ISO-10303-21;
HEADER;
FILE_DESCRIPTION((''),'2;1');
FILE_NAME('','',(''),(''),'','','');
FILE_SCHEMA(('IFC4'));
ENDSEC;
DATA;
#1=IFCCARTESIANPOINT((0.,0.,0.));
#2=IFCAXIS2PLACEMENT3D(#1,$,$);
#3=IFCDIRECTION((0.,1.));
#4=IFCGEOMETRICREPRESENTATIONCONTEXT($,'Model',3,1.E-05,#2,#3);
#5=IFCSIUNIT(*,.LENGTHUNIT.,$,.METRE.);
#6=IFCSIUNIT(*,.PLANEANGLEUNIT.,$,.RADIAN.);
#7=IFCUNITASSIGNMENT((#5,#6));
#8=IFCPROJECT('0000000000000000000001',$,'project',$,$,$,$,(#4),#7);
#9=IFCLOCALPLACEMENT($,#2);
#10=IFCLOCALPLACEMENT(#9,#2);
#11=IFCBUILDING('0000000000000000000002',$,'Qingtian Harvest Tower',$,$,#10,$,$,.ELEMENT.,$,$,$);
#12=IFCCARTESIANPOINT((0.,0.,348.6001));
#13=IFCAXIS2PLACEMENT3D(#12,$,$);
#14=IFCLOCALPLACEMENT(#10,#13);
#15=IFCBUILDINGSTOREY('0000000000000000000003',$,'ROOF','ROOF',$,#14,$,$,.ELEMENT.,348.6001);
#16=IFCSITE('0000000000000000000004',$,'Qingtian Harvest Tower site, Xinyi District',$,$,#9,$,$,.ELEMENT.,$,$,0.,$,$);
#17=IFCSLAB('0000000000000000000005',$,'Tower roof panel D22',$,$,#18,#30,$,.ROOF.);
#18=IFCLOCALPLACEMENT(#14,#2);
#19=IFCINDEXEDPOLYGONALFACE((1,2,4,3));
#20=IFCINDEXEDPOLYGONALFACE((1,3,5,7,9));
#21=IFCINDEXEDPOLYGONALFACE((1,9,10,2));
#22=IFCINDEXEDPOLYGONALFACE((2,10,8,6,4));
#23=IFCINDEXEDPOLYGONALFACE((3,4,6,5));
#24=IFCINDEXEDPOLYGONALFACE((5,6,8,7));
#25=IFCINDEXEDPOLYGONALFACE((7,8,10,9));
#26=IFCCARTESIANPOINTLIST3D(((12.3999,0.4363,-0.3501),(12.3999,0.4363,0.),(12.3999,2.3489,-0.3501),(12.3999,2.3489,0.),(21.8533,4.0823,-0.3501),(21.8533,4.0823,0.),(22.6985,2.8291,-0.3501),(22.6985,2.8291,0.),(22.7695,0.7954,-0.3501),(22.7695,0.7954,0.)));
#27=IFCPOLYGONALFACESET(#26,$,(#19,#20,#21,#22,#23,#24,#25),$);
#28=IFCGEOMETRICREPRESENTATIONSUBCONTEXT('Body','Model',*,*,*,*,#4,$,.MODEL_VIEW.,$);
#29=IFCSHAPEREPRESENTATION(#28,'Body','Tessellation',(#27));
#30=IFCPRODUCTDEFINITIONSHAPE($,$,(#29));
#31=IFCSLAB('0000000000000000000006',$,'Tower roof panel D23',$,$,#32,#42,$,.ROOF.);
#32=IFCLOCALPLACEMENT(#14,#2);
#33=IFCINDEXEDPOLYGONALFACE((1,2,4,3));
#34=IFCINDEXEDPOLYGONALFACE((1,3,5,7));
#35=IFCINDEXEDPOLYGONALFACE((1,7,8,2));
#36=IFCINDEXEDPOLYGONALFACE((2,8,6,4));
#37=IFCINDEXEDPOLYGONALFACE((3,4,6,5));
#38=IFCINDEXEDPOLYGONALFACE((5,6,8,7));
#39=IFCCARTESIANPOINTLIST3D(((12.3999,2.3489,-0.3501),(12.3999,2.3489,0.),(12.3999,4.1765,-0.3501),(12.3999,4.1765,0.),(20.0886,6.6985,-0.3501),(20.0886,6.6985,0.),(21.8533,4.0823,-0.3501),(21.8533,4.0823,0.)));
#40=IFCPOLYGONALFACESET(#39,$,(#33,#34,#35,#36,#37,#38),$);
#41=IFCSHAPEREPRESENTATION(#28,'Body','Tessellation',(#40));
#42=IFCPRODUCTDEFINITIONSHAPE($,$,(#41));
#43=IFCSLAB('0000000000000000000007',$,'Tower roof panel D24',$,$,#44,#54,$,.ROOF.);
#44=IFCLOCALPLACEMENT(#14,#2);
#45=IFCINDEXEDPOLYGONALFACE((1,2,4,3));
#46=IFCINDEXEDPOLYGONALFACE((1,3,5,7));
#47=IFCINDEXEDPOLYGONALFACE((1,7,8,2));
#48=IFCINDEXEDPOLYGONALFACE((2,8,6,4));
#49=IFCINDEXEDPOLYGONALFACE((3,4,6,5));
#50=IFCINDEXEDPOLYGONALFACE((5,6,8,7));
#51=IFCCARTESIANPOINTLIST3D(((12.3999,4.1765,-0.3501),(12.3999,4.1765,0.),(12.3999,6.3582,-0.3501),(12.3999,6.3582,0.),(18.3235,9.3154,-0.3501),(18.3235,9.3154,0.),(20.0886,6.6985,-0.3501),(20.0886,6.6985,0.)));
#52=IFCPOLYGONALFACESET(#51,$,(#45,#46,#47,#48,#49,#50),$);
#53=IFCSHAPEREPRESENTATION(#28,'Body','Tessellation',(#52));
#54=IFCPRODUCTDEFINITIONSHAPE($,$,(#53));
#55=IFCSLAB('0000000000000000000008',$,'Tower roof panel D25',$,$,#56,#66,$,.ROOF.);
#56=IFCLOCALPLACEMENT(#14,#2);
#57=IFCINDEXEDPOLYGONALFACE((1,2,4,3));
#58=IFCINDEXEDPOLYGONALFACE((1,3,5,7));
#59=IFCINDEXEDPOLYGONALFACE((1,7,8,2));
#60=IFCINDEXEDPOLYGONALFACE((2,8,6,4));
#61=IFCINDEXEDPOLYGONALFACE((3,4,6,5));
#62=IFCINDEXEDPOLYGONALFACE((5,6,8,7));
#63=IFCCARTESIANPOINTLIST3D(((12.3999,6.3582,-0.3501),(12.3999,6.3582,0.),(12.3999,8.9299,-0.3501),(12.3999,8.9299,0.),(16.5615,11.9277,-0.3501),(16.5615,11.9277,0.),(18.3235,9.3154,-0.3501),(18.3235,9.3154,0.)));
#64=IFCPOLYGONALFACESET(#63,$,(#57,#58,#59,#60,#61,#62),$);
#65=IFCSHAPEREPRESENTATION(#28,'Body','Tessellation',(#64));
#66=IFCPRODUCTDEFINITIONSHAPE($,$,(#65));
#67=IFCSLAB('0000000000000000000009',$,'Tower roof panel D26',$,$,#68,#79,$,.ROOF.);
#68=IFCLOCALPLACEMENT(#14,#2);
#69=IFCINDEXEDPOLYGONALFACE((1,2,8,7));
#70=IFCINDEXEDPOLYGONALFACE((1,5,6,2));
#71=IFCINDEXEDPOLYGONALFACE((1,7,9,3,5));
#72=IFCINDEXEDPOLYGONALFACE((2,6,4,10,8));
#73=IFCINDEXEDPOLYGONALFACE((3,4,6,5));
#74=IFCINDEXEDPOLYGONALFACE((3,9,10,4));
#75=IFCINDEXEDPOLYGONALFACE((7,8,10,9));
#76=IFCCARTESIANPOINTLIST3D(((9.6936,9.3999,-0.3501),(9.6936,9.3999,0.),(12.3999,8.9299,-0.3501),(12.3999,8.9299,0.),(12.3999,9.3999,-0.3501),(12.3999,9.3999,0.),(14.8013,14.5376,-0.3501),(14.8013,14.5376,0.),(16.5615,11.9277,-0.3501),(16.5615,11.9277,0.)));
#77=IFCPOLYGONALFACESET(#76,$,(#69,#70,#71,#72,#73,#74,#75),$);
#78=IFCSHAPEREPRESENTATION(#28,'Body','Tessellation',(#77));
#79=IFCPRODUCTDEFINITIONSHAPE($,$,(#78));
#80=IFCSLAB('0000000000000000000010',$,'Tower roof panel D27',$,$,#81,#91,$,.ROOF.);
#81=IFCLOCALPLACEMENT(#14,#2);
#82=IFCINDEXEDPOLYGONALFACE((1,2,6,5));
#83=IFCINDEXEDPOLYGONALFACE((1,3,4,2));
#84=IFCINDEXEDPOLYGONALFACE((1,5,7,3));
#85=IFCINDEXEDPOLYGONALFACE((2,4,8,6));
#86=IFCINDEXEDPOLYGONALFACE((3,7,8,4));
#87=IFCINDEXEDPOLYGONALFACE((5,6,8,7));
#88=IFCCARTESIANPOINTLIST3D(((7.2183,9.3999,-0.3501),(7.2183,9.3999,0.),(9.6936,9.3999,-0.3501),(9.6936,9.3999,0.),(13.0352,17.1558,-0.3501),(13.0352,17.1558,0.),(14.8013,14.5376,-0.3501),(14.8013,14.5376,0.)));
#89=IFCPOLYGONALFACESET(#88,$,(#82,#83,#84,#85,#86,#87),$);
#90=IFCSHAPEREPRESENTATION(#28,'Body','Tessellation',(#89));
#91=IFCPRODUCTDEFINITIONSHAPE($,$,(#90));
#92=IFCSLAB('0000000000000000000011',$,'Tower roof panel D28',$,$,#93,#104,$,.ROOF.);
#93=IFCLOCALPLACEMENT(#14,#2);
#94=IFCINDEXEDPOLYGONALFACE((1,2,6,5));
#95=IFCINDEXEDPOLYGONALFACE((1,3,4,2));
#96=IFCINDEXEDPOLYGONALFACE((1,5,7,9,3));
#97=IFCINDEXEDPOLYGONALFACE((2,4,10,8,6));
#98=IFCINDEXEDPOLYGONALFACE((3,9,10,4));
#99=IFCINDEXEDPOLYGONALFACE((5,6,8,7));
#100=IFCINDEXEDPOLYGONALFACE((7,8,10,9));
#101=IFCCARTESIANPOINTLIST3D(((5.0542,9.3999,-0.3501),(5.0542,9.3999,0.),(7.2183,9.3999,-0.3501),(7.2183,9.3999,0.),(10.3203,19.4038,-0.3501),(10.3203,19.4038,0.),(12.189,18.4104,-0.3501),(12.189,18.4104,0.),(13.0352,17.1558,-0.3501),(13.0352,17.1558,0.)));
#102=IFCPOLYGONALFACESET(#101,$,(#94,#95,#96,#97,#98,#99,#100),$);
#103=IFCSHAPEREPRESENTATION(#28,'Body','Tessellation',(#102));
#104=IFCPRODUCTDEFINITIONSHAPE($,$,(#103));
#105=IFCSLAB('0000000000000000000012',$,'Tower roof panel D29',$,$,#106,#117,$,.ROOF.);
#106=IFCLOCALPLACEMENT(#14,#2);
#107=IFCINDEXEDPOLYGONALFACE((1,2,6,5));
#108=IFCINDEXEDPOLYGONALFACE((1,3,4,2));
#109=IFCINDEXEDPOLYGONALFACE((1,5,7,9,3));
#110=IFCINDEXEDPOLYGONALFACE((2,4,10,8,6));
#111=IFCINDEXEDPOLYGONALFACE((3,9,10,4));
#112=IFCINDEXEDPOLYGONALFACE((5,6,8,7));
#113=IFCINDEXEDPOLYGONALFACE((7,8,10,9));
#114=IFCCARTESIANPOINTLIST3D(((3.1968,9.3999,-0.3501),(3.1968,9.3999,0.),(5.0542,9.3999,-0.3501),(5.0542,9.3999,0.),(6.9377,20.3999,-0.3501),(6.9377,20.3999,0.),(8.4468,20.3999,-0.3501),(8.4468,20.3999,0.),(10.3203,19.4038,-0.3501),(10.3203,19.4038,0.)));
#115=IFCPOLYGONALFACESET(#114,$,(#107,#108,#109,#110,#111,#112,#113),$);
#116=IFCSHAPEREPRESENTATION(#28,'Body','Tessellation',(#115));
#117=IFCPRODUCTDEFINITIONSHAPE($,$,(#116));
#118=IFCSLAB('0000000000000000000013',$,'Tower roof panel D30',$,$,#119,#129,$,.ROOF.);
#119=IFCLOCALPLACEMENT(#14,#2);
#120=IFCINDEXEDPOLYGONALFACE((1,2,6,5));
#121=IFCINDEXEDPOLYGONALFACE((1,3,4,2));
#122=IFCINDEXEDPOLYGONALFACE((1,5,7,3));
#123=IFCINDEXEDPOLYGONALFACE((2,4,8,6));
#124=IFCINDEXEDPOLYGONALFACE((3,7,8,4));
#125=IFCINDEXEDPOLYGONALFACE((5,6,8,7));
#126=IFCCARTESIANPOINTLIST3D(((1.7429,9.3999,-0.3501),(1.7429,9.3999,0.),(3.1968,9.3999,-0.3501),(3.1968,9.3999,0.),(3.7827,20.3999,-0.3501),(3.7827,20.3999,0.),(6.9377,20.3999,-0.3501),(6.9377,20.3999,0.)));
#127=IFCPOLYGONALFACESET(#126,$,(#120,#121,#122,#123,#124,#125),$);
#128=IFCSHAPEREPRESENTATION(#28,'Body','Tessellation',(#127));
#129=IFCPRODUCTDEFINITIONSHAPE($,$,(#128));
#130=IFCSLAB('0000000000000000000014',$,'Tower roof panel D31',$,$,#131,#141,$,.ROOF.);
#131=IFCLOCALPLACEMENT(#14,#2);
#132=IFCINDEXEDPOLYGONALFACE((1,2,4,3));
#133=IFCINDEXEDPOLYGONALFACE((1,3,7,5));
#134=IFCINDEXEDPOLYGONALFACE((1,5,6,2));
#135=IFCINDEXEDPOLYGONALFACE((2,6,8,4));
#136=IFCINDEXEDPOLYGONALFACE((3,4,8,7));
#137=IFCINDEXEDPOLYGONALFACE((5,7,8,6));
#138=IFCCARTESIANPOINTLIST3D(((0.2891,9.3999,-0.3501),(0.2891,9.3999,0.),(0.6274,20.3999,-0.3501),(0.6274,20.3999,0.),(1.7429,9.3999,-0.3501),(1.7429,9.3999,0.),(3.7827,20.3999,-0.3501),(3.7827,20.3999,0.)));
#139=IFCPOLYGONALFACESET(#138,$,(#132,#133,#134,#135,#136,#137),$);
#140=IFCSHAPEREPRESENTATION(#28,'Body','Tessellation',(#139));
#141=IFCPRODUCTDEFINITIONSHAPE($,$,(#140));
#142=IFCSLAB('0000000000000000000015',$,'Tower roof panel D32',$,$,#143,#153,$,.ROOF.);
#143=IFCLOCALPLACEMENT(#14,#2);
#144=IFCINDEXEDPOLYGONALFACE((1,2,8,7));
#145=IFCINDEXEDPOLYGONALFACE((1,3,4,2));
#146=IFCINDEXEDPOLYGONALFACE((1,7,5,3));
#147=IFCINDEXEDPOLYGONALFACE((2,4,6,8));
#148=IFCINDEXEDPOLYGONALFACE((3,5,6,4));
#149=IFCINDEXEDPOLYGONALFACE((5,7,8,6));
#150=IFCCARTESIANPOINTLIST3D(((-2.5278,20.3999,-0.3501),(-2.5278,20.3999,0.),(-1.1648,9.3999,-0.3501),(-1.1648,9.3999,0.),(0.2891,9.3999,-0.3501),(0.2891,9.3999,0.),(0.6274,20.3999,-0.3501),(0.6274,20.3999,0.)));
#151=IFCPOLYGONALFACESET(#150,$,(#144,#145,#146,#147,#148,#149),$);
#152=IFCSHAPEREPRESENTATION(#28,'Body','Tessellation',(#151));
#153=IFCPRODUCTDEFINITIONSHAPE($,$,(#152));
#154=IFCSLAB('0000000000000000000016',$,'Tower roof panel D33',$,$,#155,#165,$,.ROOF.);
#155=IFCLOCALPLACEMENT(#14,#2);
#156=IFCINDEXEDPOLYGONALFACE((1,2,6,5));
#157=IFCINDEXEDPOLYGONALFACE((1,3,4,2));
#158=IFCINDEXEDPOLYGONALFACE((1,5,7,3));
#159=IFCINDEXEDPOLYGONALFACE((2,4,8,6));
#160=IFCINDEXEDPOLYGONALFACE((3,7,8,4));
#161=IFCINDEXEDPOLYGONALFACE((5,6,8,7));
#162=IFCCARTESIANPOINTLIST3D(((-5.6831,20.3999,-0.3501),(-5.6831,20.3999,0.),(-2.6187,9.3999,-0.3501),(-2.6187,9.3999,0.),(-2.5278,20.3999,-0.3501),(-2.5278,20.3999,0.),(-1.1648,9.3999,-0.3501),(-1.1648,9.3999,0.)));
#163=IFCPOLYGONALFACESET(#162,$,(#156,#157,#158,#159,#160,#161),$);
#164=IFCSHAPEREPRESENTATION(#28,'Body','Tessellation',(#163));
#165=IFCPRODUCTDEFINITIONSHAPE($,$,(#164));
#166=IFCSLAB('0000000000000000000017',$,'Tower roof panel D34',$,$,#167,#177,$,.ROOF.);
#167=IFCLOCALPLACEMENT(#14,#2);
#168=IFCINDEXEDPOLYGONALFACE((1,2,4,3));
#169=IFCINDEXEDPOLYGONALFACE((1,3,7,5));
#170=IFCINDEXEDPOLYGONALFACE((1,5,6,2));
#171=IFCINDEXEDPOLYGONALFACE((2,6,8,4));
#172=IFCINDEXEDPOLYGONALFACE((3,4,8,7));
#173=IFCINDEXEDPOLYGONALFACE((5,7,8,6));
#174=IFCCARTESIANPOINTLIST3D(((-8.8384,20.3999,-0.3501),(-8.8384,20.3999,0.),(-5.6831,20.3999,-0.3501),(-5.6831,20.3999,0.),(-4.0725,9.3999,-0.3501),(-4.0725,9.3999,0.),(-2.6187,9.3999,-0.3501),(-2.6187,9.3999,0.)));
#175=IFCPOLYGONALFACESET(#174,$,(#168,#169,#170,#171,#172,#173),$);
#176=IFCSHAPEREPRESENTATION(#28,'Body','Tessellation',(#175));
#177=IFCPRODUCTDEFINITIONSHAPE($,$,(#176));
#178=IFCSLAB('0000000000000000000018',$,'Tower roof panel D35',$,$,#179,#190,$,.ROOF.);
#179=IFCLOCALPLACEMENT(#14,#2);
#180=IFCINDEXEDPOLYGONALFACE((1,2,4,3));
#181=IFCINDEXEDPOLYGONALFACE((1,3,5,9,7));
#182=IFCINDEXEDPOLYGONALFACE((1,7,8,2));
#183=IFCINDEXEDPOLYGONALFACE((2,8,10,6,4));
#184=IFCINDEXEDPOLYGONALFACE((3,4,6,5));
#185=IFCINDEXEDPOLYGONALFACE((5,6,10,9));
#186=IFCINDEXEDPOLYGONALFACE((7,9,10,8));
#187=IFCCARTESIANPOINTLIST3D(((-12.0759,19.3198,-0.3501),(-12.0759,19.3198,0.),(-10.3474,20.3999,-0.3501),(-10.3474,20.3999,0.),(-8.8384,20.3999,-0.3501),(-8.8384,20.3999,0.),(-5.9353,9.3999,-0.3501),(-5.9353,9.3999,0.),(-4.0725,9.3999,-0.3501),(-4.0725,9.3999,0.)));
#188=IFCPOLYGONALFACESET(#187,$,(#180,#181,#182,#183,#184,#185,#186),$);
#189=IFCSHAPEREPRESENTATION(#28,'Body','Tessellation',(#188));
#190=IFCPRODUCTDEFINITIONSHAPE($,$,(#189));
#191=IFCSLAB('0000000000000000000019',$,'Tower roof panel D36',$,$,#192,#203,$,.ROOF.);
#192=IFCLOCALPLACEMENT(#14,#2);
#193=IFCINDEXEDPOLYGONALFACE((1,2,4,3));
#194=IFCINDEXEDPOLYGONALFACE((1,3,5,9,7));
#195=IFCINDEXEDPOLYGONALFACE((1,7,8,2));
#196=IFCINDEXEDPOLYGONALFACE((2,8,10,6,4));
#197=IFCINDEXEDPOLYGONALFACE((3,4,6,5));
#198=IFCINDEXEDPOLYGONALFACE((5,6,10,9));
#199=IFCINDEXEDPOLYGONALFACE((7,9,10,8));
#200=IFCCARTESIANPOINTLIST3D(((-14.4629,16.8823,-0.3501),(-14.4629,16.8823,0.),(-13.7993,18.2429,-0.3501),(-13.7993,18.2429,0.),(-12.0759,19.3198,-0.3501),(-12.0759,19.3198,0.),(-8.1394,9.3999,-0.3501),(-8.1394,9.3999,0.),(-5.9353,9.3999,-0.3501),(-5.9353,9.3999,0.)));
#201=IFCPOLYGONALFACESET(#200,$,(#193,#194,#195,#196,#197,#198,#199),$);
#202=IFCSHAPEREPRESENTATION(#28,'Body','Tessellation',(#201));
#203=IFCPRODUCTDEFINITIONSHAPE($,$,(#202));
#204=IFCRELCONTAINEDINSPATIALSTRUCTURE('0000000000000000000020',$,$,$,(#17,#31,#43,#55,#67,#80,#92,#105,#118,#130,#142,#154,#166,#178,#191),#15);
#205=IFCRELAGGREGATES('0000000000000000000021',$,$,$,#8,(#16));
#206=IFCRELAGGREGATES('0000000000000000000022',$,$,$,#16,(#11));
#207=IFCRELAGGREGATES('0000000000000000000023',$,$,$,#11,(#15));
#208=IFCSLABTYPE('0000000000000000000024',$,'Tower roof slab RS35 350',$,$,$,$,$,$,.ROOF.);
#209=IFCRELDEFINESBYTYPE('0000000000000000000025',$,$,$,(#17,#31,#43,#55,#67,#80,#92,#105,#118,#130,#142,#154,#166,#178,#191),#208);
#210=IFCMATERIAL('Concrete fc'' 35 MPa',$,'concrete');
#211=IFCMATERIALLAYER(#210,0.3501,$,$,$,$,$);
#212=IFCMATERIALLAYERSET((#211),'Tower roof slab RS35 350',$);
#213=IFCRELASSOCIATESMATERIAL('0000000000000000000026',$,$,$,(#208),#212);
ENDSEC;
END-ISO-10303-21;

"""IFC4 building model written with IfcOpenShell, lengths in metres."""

from ifc_helpers import new_model, si_unit, direction, frame, origin, place, context, subcontext, project, spatial, polyline, outline, extrude, material, layer, layer_set, type_object, element, save


model = new_model("IFC4")

# Units and contexts
model_context = context("Model", 3, precision=1e-05, world=origin(), true_north=direction((0.0, 1.0)))
body_context = subcontext(model_context, "Body", "Model", "MODEL_VIEW")
ifc_project = project(units=[si_unit("LENGTHUNIT", "METRE"), si_unit("PLANEANGLEUNIT", "RADIAN")], contexts=[model_context])

# Site, building, storey
site_placement = place(None, origin())
site = spatial("IfcSite", under=ifc_project, at=site_placement, Name="Qingtian Harvest Tower site, Xinyi District", CompositionType="ELEMENT", RefElevation=0.0)
building_placement = place(site_placement, origin())
building = spatial("IfcBuilding", under=site, at=building_placement, Name="Qingtian Harvest Tower", CompositionType="ELEMENT")
storey_placement = place(building_placement, frame((0.0, 0.0, 348.6001)))
storey = spatial("IfcBuildingStorey", under=building, at=storey_placement, Name="ROOF", Description="ROOF", CompositionType="ELEMENT", Elevation=348.6001)

# Slabs
ifc_material_1 = material(Name="Concrete fc' 35 MPa", Category="concrete")
ifc_layer_1 = layer(ifc_material_1, 0.3501)
ifc_layer_set_1 = layer_set([ifc_layer_1], Name="Tower roof slab RS35 350")
slab_type = type_object("IfcSlabType", Name="Tower roof slab RS35 350", PredefinedType="ROOF", material=ifc_layer_set_1)
slab_1_placement = place(storey_placement, frame((0.0, 0.0, -0.3501)))
element("IfcSlab", 1, at=slab_1_placement, inside=storey, type_object=slab_type, Name="Tower roof panel D22", PredefinedType="ROOF", context=body_context, shape_type="SweptSolid", body=[
    extrude(outline(polyline([(22.6985, 2.8291), (22.7695, 0.7954), (12.3999, 0.4363), (12.3999, 2.3489), (21.8533, 4.0823), (22.6985, 2.8291)])), origin(), (0.0, 0.0, 1.0), 0.3501),
])
slab_2_placement = place(storey_placement, frame((0.0, 0.0, -0.3501)))
element("IfcSlab", 2, at=slab_2_placement, inside=storey, type_object=slab_type, Name="Tower roof panel D23", PredefinedType="ROOF", context=body_context, shape_type="SweptSolid", body=[
    extrude(outline(polyline([(21.8533, 4.0823), (12.3999, 2.3489), (12.3999, 4.1765), (20.0886, 6.6985), (21.8533, 4.0823)])), origin(), (0.0, 0.0, 1.0), 0.3501),
])
slab_3_placement = place(storey_placement, frame((0.0, 0.0, -0.3501)))
element("IfcSlab", 3, at=slab_3_placement, inside=storey, type_object=slab_type, Name="Tower roof panel D24", PredefinedType="ROOF", context=body_context, shape_type="SweptSolid", body=[
    extrude(outline(polyline([(20.0886, 6.6985), (12.3999, 4.1765), (12.3999, 6.3582), (18.3235, 9.3154), (20.0886, 6.6985)])), origin(), (0.0, 0.0, 1.0), 0.3501),
])
slab_4_placement = place(storey_placement, frame((0.0, 0.0, -0.3501)))
element("IfcSlab", 4, at=slab_4_placement, inside=storey, type_object=slab_type, Name="Tower roof panel D25", PredefinedType="ROOF", context=body_context, shape_type="SweptSolid", body=[
    extrude(outline(polyline([(18.3235, 9.3154), (12.3999, 6.3582), (12.3999, 8.9299), (16.5615, 11.9277), (18.3235, 9.3154)])), origin(), (0.0, 0.0, 1.0), 0.3501),
])
slab_5_placement = place(storey_placement, frame((0.0, 0.0, -0.3501)))
element("IfcSlab", 5, at=slab_5_placement, inside=storey, type_object=slab_type, Name="Tower roof panel D26", PredefinedType="ROOF", context=body_context, shape_type="SweptSolid", body=[
    extrude(outline(polyline([(16.5615, 11.9277), (12.3999, 8.9299), (12.3999, 9.3999), (9.6936, 9.3999), (14.8013, 14.5376), (16.5615, 11.9277)])), origin(), (0.0, 0.0, 1.0), 0.3501),
])
slab_6_placement = place(storey_placement, frame((0.0, 0.0, -0.3501)))
element("IfcSlab", 6, at=slab_6_placement, inside=storey, type_object=slab_type, Name="Tower roof panel D27", PredefinedType="ROOF", context=body_context, shape_type="SweptSolid", body=[
    extrude(outline(polyline([(14.8013, 14.5376), (9.6936, 9.3999), (7.2183, 9.3999), (13.0352, 17.1558), (14.8013, 14.5376)])), origin(), (0.0, 0.0, 1.0), 0.3501),
])
slab_7_placement = place(storey_placement, frame((0.0, 0.0, -0.3501)))
element("IfcSlab", 7, at=slab_7_placement, inside=storey, type_object=slab_type, Name="Tower roof panel D28", PredefinedType="ROOF", context=body_context, shape_type="SweptSolid", body=[
    extrude(outline(polyline([(12.189, 18.4104), (13.0352, 17.1558), (7.2183, 9.3999), (5.0542, 9.3999), (10.3203, 19.4038), (12.189, 18.4104)])), origin(), (0.0, 0.0, 1.0), 0.3501),
])
slab_8_placement = place(storey_placement, frame((0.0, 0.0, -0.3501)))
element("IfcSlab", 8, at=slab_8_placement, inside=storey, type_object=slab_type, Name="Tower roof panel D29", PredefinedType="ROOF", context=body_context, shape_type="SweptSolid", body=[
    extrude(outline(polyline([(10.3203, 19.4038), (5.0542, 9.3999), (3.1968, 9.3999), (6.9377, 20.3999), (8.4468, 20.3999), (10.3203, 19.4038)])), origin(), (0.0, 0.0, 1.0), 0.3501),
])
slab_9_placement = place(storey_placement, frame((0.0, 0.0, -0.3501)))
element("IfcSlab", 9, at=slab_9_placement, inside=storey, type_object=slab_type, Name="Tower roof panel D30", PredefinedType="ROOF", context=body_context, shape_type="SweptSolid", body=[
    extrude(outline(polyline([(6.9377, 20.3999), (3.1968, 9.3999), (1.7429, 9.3999), (3.7827, 20.3999), (6.9377, 20.3999)])), origin(), (0.0, 0.0, 1.0), 0.3501),
])
slab_10_placement = place(storey_placement, frame((0.0, 0.0, -0.3501)))
element("IfcSlab", 10, at=slab_10_placement, inside=storey, type_object=slab_type, Name="Tower roof panel D31", PredefinedType="ROOF", context=body_context, shape_type="SweptSolid", body=[
    extrude(outline(polyline([(3.7827, 20.3999), (1.7429, 9.3999), (0.2891, 9.3999), (0.6274, 20.3999), (3.7827, 20.3999)])), origin(), (0.0, 0.0, 1.0), 0.3501),
])
slab_11_placement = place(storey_placement, frame((0.0, 0.0, -0.3501)))
element("IfcSlab", 11, at=slab_11_placement, inside=storey, type_object=slab_type, Name="Tower roof panel D32", PredefinedType="ROOF", context=body_context, shape_type="SweptSolid", body=[
    extrude(outline(polyline([(0.6274, 20.3999), (0.2891, 9.3999), (-1.1648, 9.3999), (-2.5278, 20.3999), (0.6274, 20.3999)])), origin(), (0.0, 0.0, 1.0), 0.3501),
])
slab_12_placement = place(storey_placement, frame((0.0, 0.0, -0.3501)))
element("IfcSlab", 12, at=slab_12_placement, inside=storey, type_object=slab_type, Name="Tower roof panel D33", PredefinedType="ROOF", context=body_context, shape_type="SweptSolid", body=[
    extrude(outline(polyline([(-2.5278, 20.3999), (-1.1648, 9.3999), (-2.6187, 9.3999), (-5.6831, 20.3999), (-2.5278, 20.3999)])), origin(), (0.0, 0.0, 1.0), 0.3501),
])
slab_13_placement = place(storey_placement, frame((0.0, 0.0, -0.3501)))
element("IfcSlab", 13, at=slab_13_placement, inside=storey, type_object=slab_type, Name="Tower roof panel D34", PredefinedType="ROOF", context=body_context, shape_type="SweptSolid", body=[
    extrude(outline(polyline([(-5.6831, 20.3999), (-2.6187, 9.3999), (-4.0725, 9.3999), (-8.8384, 20.3999), (-5.6831, 20.3999)])), origin(), (0.0, 0.0, 1.0), 0.3501),
])
slab_14_placement = place(storey_placement, frame((0.0, 0.0, -0.3501)))
element("IfcSlab", 14, at=slab_14_placement, inside=storey, type_object=slab_type, Name="Tower roof panel D35", PredefinedType="ROOF", context=body_context, shape_type="SweptSolid", body=[
    extrude(outline(polyline([(-10.3474, 20.3999), (-8.8384, 20.3999), (-4.0725, 9.3999), (-5.9353, 9.3999), (-12.0759, 19.3198), (-10.3474, 20.3999)])), origin(), (0.0, 0.0, 1.0), 0.3501),
])
slab_15_placement = place(storey_placement, frame((0.0, 0.0, -0.3501)))
element("IfcSlab", 15, at=slab_15_placement, inside=storey, type_object=slab_type, Name="Tower roof panel D36", PredefinedType="ROOF", context=body_context, shape_type="SweptSolid", body=[
    extrude(outline(polyline([(-13.7993, 18.2429), (-12.0759, 19.3198), (-5.9353, 9.3999), (-8.1394, 9.3999), (-14.4629, 16.8823), (-13.7993, 18.2429)])), origin(), (0.0, 0.0, 1.0), 0.3501),
])

save(model, "model.ifc")
